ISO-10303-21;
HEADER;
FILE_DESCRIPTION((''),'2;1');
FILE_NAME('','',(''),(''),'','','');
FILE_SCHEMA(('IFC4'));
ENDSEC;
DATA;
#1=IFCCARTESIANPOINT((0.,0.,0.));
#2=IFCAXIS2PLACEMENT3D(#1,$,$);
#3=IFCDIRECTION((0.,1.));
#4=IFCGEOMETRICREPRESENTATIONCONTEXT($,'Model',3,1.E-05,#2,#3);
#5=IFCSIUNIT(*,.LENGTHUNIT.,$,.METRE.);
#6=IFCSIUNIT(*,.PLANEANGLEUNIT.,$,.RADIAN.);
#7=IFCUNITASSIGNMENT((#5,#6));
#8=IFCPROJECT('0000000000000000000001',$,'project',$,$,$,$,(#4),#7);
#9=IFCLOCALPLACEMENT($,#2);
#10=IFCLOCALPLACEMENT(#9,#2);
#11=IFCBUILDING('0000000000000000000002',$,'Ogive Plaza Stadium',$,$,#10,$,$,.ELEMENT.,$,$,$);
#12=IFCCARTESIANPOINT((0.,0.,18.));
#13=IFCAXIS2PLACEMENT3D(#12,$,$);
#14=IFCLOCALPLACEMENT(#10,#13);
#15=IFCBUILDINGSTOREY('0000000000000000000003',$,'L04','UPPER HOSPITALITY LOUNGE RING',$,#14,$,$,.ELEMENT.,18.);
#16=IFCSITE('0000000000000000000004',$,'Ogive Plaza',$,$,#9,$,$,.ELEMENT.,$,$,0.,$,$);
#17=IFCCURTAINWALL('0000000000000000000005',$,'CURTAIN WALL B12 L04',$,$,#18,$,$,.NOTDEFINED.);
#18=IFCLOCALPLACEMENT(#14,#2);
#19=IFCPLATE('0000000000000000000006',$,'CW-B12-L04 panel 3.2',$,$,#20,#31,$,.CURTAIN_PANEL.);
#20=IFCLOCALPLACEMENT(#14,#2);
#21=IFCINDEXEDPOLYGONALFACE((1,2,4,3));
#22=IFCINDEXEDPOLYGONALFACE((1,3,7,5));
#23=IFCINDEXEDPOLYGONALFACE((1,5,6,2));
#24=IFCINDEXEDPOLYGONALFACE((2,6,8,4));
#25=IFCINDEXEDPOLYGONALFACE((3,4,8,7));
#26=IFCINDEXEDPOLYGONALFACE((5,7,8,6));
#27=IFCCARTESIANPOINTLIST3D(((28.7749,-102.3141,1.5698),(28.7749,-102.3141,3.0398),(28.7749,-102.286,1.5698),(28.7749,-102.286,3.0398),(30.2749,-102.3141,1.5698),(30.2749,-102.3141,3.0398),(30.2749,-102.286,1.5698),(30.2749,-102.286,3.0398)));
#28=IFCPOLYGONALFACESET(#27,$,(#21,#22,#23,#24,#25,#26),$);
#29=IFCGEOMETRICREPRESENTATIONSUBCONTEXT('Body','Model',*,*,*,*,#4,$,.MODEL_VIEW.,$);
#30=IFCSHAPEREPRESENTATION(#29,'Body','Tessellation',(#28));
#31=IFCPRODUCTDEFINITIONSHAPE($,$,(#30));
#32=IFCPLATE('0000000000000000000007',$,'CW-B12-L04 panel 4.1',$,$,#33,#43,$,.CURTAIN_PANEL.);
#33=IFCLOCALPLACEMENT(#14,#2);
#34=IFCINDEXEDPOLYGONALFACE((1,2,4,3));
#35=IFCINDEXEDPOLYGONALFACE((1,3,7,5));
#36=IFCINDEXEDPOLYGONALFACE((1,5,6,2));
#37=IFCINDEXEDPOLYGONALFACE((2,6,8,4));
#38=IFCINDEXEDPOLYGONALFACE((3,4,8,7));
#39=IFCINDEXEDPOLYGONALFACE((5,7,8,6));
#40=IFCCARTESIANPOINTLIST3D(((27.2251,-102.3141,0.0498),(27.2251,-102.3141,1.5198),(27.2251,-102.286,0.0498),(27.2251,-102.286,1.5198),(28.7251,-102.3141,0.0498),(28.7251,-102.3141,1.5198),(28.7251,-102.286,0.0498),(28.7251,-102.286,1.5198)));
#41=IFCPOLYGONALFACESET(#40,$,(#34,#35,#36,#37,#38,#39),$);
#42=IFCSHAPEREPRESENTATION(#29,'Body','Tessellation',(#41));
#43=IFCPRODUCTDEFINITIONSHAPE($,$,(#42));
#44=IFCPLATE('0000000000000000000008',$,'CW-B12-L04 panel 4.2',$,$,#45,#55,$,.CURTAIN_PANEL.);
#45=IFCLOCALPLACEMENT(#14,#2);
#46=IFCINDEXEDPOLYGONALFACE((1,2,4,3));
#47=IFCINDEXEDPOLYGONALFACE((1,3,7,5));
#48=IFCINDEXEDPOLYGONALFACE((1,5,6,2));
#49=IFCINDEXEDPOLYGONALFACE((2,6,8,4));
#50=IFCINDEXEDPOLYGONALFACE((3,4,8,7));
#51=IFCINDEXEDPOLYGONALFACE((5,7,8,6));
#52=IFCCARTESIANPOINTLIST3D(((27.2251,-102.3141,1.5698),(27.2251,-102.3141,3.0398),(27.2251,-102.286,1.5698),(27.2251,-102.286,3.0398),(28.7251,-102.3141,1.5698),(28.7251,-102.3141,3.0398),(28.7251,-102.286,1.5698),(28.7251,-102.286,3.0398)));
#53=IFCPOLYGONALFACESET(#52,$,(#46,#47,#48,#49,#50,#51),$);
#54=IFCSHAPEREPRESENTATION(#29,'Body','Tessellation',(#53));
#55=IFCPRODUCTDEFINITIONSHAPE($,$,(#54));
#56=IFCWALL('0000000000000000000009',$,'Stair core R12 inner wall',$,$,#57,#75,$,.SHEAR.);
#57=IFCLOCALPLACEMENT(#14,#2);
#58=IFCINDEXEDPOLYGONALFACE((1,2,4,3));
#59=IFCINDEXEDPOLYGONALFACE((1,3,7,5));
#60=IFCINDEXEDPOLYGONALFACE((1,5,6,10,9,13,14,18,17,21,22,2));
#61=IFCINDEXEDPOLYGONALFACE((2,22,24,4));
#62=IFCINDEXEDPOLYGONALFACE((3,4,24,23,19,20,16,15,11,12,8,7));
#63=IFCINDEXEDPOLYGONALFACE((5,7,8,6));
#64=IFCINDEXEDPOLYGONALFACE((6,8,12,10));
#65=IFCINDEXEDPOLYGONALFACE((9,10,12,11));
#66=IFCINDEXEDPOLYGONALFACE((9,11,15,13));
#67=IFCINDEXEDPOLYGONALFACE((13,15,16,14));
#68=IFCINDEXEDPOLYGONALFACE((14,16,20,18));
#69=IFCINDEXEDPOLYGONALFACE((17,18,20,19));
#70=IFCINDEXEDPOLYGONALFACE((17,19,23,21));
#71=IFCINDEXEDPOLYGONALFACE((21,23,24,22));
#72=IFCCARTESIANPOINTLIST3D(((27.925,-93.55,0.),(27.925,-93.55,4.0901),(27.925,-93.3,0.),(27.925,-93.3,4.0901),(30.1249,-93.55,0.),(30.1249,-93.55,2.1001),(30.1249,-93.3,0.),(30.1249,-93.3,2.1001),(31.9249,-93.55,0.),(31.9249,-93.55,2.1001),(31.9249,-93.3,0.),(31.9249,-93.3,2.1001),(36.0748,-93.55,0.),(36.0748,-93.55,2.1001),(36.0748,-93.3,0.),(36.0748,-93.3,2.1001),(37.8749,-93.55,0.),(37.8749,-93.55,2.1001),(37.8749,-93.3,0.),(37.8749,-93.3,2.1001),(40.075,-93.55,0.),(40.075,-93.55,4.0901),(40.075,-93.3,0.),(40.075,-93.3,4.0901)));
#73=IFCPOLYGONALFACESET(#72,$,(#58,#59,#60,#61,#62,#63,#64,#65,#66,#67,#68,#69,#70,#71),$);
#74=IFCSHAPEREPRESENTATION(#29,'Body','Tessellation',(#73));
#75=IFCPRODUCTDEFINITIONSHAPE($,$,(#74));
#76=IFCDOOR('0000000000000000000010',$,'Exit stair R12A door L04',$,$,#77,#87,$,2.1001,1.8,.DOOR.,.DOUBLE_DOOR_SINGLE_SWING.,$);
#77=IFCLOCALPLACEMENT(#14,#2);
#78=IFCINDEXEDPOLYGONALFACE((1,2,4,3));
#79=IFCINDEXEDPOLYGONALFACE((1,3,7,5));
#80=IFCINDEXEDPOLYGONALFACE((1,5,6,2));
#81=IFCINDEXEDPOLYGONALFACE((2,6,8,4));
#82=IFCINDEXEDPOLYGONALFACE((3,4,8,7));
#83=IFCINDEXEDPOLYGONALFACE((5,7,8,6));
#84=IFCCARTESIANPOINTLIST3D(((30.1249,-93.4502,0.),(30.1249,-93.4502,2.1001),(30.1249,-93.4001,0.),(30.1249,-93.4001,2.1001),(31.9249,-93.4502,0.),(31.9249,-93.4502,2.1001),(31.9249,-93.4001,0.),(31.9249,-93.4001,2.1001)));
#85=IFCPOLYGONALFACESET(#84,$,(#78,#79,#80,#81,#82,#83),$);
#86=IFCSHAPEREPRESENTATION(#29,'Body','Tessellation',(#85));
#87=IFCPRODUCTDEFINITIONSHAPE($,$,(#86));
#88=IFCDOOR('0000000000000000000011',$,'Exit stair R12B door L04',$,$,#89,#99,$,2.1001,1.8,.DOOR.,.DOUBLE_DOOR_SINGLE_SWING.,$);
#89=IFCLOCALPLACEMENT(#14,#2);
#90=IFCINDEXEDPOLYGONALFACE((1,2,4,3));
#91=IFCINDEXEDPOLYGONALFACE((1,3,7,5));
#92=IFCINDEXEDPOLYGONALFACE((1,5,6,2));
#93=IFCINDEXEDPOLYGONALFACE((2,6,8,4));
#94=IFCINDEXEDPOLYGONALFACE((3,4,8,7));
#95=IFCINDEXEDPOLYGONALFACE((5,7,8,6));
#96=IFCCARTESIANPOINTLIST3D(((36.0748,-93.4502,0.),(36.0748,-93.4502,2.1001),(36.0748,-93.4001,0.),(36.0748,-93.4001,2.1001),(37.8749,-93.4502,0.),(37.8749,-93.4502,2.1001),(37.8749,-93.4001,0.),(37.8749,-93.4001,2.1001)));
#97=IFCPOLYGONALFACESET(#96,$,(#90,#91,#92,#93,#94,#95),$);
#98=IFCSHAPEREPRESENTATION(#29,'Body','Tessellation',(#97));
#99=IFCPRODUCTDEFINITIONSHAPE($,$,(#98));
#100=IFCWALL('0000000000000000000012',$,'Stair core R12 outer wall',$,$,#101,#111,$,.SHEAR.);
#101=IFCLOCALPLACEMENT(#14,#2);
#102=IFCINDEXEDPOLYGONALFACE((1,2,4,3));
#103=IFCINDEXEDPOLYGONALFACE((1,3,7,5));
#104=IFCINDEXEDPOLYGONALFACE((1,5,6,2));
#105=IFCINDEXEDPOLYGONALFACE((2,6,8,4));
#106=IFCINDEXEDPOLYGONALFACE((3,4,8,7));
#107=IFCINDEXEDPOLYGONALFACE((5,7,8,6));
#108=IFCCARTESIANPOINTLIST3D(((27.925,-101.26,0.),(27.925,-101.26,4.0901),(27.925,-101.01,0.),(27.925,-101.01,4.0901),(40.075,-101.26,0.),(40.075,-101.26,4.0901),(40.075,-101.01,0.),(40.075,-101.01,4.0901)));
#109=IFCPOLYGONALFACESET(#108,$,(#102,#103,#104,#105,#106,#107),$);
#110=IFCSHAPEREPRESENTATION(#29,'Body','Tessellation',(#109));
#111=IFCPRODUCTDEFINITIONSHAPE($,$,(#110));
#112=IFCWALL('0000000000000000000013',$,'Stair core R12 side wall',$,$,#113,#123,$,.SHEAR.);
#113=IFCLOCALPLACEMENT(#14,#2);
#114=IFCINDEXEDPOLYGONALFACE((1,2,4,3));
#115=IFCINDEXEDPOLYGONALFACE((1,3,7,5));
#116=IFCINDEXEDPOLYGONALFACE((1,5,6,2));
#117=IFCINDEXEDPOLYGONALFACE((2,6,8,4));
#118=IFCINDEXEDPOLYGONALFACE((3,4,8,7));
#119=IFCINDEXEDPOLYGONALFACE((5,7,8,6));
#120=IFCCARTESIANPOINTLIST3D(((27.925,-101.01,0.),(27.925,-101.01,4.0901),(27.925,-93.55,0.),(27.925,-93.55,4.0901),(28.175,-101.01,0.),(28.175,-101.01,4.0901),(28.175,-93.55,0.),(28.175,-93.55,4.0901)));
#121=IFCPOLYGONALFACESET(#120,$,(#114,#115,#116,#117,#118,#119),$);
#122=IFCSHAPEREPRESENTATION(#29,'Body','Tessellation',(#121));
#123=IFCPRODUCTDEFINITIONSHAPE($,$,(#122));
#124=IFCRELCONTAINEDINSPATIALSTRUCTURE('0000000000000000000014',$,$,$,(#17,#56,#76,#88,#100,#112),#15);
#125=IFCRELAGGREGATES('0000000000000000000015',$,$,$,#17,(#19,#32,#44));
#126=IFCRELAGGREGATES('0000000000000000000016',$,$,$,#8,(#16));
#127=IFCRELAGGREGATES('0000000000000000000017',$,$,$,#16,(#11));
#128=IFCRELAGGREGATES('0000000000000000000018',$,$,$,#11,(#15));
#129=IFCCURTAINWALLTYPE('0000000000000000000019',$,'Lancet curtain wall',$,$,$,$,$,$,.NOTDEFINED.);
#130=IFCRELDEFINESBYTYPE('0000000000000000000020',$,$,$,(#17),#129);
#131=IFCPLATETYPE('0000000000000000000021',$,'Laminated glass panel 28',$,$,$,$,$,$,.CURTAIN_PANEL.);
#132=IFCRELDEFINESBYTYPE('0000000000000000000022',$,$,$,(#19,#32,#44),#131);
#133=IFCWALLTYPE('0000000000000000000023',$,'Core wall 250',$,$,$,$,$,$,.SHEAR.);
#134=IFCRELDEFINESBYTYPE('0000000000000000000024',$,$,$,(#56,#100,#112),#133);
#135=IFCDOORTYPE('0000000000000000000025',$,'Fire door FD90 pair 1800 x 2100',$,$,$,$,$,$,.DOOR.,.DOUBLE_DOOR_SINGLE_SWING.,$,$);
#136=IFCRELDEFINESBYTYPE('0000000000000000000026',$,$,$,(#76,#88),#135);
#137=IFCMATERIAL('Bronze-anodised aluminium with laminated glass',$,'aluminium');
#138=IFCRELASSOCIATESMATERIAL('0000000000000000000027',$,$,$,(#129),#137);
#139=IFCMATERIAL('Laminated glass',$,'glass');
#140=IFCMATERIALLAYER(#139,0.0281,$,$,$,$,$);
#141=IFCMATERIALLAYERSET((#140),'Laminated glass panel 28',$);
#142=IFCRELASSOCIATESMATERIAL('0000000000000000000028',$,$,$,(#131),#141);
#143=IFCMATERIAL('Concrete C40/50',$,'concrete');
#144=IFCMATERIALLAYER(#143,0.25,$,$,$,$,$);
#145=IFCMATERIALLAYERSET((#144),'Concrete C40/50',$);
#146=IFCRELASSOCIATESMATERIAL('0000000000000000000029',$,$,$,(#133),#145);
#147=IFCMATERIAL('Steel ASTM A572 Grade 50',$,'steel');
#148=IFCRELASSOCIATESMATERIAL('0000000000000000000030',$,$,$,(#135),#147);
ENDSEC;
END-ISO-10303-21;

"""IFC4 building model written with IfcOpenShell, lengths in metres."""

from ifc_helpers import new_model, si_unit, direction, frame, frame_2d, origin, origin_2d, place, context, subcontext, project, spatial, rectangle, extrude, material, layer, layer_set, type_object, element, fill, aggregate, save


model = new_model("IFC4")

# Units and contexts
model_context = context("Model", 3, precision=1e-05, world=origin(), true_north=direction((0.0, 1.0)))
body_context = subcontext(model_context, "Body", "Model", "MODEL_VIEW")
ifc_project = project(units=[si_unit("LENGTHUNIT", "METRE"), si_unit("PLANEANGLEUNIT", "RADIAN")], contexts=[model_context])

# Site, building, storey
site_placement = place(None, origin())
site = spatial("IfcSite", under=ifc_project, at=site_placement, Name="Ogive Plaza", CompositionType="ELEMENT", RefElevation=0.0)
building_placement = place(site_placement, origin())
building = spatial("IfcBuilding", under=site, at=building_placement, Name="Ogive Plaza Stadium", CompositionType="ELEMENT")
storey_placement = place(building_placement, frame((0.0, 0.0, 18.0)))
storey = spatial("IfcBuildingStorey", under=building, at=storey_placement, Name="L04", Description="UPPER HOSPITALITY LOUNGE RING", CompositionType="ELEMENT", Elevation=18.0)

# Curtain wall, plates
ifc_material_1 = material(Name="Bronze-anodised aluminium with laminated glass", Category="aluminium")
curtain_wall_type = type_object("IfcCurtainWallType", Name="Lancet curtain wall", PredefinedType="NOTDEFINED", material=ifc_material_1)
curtain_wall_placement = place(storey_placement, origin())
curtain_wall = element("IfcCurtainWall", 1, at=curtain_wall_placement, inside=storey, type_object=curtain_wall_type, Name="CURTAIN WALL B12 L04", PredefinedType="NOTDEFINED")
ifc_material_2 = material(Name="Laminated glass", Category="glass")
ifc_layer_1 = layer(ifc_material_2, 0.0281)
ifc_layer_set_1 = layer_set([ifc_layer_1], Name="Laminated glass panel 28")
plate_type = type_object("IfcPlateType", Name="Laminated glass panel 28", PredefinedType="CURTAIN_PANEL", material=ifc_layer_set_1)
plate_1_placement = place(storey_placement, frame((29.5249, -102.3, 1.5698), z_axis=(0.0, 0.0, 1.0), x_axis=(-1.0, 0.0, 0.0)))
plate_1 = element("IfcPlate", 2, at=plate_1_placement, type_object=plate_type, Name="CW-B12-L04 panel 3.2", PredefinedType="CURTAIN_PANEL", context=body_context, shape_type="SweptSolid", body=[
    extrude(rectangle(XDim=1.5, YDim=0.0281, at=origin_2d()), origin(), (0.0, 0.0, 1.0), 1.47),
])
plate_2_placement = place(storey_placement, frame((27.9751, -102.3, 0.0498), z_axis=(0.0, 0.0, 1.0), x_axis=(-1.0, 0.0, 0.0)))
plate_2 = element("IfcPlate", 3, at=plate_2_placement, type_object=plate_type, Name="CW-B12-L04 panel 4.1", PredefinedType="CURTAIN_PANEL", context=body_context, shape_type="SweptSolid", body=[
    extrude(rectangle(XDim=1.5, YDim=0.0281, at=origin_2d()), origin(), (0.0, 0.0, 1.0), 1.47),
])
plate_3_placement = place(storey_placement, frame((27.9751, -102.3, 1.5698), z_axis=(0.0, 0.0, 1.0), x_axis=(-1.0, 0.0, 0.0)))
plate_3 = element("IfcPlate", 4, at=plate_3_placement, type_object=plate_type, Name="CW-B12-L04 panel 4.2", PredefinedType="CURTAIN_PANEL", context=body_context, shape_type="SweptSolid", body=[
    extrude(rectangle(XDim=1.5, YDim=0.0281, at=origin_2d()), origin(), (0.0, 0.0, 1.0), 1.47),
])
aggregate(curtain_wall, [plate_1, plate_2, plate_3])

# Wall, openings, doors
ifc_material_3 = material(Name="Concrete C40/50", Category="concrete")
ifc_layer_2 = layer(ifc_material_3, 0.25)
ifc_layer_set_2 = layer_set([ifc_layer_2], Name="Concrete C40/50")
wall_type = type_object("IfcWallType", Name="Core wall 250", PredefinedType="SHEAR", material=ifc_layer_set_2)
wall_1_placement = place(storey_placement, frame((27.925, -93.425, 0.0), z_axis=(0.0, 0.0, 1.0), x_axis=(1.0, 0.0, 0.0)))
wall_1 = element("IfcWall", 5, at=wall_1_placement, inside=storey, type_object=wall_type, Name="Stair core R12 inner wall", PredefinedType="SHEAR", context=body_context, shape_type="SweptSolid", body=[
    extrude(rectangle(XDim=12.1499, YDim=0.25, at=frame_2d((6.075, 0.0))), origin(), (0.0, 0.0, 1.0), 4.0901),
])
opening_1_placement = place(wall_1_placement, frame((2.2, 0.0, 0.0)))
opening_1 = element("IfcOpeningElement", 6, at=opening_1_placement, cuts=wall_1, PredefinedType="OPENING", context=body_context, shape_type="SweptSolid", body=[
    extrude(rectangle(XDim=1.8, YDim=2.1001, at=frame_2d((0.8999, 1.05))), frame((0.0, 0.125, 0.0), z_axis=(0.0, -1.0, 0.0), x_axis=(1.0, 0.0, 0.0)), (0.0, 0.0, 1.0), 0.25),
])
opening_2_placement = place(wall_1_placement, frame((8.1499, 0.0, 0.0)))
opening_2 = element("IfcOpeningElement", 7, at=opening_2_placement, cuts=wall_1, PredefinedType="OPENING", context=body_context, shape_type="SweptSolid", body=[
    extrude(rectangle(XDim=1.8, YDim=2.1001, at=frame_2d((0.8999, 1.05))), frame((0.0, 0.125, 0.0), z_axis=(0.0, -1.0, 0.0), x_axis=(1.0, 0.0, 0.0)), (0.0, 0.0, 1.0), 0.25),
])
ifc_material_4 = material(Name="Steel ASTM A572 Grade 50", Category="steel")
door_type = type_object("IfcDoorType", Name="Fire door FD90 pair 1800 x 2100", OperationType="DOUBLE_DOOR_SINGLE_SWING", PredefinedType="DOOR", material=ifc_material_4)
door_1_placement = place(opening_1_placement, origin())
door_1 = element("IfcDoor", 8, at=door_1_placement, inside=storey, type_object=door_type, Name="Exit stair R12A door L04", OperationType="DOUBLE_DOOR_SINGLE_SWING", OverallHeight=2.1001, OverallWidth=1.8, PredefinedType="DOOR", context=body_context, shape_type="SweptSolid", body=[
    extrude(rectangle(XDim=1.8, YDim=2.1001, at=frame_2d((0.8999, 1.05))), frame((0.0, 0.0249, 0.0), z_axis=(0.0, -1.0, 0.0), x_axis=(1.0, 0.0, 0.0)), (0.0, 0.0, 1.0), 0.05),
])
fill(opening_1, door_1)
door_2_placement = place(opening_2_placement, origin())
door_2 = element("IfcDoor", 9, at=door_2_placement, inside=storey, type_object=door_type, Name="Exit stair R12B door L04", OperationType="DOUBLE_DOOR_SINGLE_SWING", OverallHeight=2.1001, OverallWidth=1.8, PredefinedType="DOOR", context=body_context, shape_type="SweptSolid", body=[
    extrude(rectangle(XDim=1.8, YDim=2.1001, at=frame_2d((0.8999, 1.05))), frame((0.0, 0.0249, 0.0), z_axis=(0.0, -1.0, 0.0), x_axis=(1.0, 0.0, 0.0)), (0.0, 0.0, 1.0), 0.05),
])
fill(opening_2, door_2)

# Walls
wall_2_placement = place(storey_placement, frame((27.925, -101.135, 0.0), z_axis=(0.0, 0.0, 1.0), x_axis=(1.0, 0.0, 0.0)))
element("IfcWall", 10, at=wall_2_placement, inside=storey, type_object=wall_type, Name="Stair core R12 outer wall", PredefinedType="SHEAR", context=body_context, shape_type="SweptSolid", body=[
    extrude(rectangle(XDim=12.1499, YDim=0.25, at=frame_2d((6.075, 0.0))), origin(), (0.0, 0.0, 1.0), 4.0901),
])
wall_3_placement = place(storey_placement, frame((28.05, -93.55, 0.0), z_axis=(0.0, 0.0, 1.0), x_axis=(0.0, -1.0, 0.0)))
element("IfcWall", 11, at=wall_3_placement, inside=storey, type_object=wall_type, Name="Stair core R12 side wall", PredefinedType="SHEAR", context=body_context, shape_type="SweptSolid", body=[
    extrude(rectangle(XDim=7.46, YDim=0.25, at=frame_2d((3.73, 0.0))), origin(), (0.0, 0.0, 1.0), 4.0901),
])

save(model, "model.ifc")
